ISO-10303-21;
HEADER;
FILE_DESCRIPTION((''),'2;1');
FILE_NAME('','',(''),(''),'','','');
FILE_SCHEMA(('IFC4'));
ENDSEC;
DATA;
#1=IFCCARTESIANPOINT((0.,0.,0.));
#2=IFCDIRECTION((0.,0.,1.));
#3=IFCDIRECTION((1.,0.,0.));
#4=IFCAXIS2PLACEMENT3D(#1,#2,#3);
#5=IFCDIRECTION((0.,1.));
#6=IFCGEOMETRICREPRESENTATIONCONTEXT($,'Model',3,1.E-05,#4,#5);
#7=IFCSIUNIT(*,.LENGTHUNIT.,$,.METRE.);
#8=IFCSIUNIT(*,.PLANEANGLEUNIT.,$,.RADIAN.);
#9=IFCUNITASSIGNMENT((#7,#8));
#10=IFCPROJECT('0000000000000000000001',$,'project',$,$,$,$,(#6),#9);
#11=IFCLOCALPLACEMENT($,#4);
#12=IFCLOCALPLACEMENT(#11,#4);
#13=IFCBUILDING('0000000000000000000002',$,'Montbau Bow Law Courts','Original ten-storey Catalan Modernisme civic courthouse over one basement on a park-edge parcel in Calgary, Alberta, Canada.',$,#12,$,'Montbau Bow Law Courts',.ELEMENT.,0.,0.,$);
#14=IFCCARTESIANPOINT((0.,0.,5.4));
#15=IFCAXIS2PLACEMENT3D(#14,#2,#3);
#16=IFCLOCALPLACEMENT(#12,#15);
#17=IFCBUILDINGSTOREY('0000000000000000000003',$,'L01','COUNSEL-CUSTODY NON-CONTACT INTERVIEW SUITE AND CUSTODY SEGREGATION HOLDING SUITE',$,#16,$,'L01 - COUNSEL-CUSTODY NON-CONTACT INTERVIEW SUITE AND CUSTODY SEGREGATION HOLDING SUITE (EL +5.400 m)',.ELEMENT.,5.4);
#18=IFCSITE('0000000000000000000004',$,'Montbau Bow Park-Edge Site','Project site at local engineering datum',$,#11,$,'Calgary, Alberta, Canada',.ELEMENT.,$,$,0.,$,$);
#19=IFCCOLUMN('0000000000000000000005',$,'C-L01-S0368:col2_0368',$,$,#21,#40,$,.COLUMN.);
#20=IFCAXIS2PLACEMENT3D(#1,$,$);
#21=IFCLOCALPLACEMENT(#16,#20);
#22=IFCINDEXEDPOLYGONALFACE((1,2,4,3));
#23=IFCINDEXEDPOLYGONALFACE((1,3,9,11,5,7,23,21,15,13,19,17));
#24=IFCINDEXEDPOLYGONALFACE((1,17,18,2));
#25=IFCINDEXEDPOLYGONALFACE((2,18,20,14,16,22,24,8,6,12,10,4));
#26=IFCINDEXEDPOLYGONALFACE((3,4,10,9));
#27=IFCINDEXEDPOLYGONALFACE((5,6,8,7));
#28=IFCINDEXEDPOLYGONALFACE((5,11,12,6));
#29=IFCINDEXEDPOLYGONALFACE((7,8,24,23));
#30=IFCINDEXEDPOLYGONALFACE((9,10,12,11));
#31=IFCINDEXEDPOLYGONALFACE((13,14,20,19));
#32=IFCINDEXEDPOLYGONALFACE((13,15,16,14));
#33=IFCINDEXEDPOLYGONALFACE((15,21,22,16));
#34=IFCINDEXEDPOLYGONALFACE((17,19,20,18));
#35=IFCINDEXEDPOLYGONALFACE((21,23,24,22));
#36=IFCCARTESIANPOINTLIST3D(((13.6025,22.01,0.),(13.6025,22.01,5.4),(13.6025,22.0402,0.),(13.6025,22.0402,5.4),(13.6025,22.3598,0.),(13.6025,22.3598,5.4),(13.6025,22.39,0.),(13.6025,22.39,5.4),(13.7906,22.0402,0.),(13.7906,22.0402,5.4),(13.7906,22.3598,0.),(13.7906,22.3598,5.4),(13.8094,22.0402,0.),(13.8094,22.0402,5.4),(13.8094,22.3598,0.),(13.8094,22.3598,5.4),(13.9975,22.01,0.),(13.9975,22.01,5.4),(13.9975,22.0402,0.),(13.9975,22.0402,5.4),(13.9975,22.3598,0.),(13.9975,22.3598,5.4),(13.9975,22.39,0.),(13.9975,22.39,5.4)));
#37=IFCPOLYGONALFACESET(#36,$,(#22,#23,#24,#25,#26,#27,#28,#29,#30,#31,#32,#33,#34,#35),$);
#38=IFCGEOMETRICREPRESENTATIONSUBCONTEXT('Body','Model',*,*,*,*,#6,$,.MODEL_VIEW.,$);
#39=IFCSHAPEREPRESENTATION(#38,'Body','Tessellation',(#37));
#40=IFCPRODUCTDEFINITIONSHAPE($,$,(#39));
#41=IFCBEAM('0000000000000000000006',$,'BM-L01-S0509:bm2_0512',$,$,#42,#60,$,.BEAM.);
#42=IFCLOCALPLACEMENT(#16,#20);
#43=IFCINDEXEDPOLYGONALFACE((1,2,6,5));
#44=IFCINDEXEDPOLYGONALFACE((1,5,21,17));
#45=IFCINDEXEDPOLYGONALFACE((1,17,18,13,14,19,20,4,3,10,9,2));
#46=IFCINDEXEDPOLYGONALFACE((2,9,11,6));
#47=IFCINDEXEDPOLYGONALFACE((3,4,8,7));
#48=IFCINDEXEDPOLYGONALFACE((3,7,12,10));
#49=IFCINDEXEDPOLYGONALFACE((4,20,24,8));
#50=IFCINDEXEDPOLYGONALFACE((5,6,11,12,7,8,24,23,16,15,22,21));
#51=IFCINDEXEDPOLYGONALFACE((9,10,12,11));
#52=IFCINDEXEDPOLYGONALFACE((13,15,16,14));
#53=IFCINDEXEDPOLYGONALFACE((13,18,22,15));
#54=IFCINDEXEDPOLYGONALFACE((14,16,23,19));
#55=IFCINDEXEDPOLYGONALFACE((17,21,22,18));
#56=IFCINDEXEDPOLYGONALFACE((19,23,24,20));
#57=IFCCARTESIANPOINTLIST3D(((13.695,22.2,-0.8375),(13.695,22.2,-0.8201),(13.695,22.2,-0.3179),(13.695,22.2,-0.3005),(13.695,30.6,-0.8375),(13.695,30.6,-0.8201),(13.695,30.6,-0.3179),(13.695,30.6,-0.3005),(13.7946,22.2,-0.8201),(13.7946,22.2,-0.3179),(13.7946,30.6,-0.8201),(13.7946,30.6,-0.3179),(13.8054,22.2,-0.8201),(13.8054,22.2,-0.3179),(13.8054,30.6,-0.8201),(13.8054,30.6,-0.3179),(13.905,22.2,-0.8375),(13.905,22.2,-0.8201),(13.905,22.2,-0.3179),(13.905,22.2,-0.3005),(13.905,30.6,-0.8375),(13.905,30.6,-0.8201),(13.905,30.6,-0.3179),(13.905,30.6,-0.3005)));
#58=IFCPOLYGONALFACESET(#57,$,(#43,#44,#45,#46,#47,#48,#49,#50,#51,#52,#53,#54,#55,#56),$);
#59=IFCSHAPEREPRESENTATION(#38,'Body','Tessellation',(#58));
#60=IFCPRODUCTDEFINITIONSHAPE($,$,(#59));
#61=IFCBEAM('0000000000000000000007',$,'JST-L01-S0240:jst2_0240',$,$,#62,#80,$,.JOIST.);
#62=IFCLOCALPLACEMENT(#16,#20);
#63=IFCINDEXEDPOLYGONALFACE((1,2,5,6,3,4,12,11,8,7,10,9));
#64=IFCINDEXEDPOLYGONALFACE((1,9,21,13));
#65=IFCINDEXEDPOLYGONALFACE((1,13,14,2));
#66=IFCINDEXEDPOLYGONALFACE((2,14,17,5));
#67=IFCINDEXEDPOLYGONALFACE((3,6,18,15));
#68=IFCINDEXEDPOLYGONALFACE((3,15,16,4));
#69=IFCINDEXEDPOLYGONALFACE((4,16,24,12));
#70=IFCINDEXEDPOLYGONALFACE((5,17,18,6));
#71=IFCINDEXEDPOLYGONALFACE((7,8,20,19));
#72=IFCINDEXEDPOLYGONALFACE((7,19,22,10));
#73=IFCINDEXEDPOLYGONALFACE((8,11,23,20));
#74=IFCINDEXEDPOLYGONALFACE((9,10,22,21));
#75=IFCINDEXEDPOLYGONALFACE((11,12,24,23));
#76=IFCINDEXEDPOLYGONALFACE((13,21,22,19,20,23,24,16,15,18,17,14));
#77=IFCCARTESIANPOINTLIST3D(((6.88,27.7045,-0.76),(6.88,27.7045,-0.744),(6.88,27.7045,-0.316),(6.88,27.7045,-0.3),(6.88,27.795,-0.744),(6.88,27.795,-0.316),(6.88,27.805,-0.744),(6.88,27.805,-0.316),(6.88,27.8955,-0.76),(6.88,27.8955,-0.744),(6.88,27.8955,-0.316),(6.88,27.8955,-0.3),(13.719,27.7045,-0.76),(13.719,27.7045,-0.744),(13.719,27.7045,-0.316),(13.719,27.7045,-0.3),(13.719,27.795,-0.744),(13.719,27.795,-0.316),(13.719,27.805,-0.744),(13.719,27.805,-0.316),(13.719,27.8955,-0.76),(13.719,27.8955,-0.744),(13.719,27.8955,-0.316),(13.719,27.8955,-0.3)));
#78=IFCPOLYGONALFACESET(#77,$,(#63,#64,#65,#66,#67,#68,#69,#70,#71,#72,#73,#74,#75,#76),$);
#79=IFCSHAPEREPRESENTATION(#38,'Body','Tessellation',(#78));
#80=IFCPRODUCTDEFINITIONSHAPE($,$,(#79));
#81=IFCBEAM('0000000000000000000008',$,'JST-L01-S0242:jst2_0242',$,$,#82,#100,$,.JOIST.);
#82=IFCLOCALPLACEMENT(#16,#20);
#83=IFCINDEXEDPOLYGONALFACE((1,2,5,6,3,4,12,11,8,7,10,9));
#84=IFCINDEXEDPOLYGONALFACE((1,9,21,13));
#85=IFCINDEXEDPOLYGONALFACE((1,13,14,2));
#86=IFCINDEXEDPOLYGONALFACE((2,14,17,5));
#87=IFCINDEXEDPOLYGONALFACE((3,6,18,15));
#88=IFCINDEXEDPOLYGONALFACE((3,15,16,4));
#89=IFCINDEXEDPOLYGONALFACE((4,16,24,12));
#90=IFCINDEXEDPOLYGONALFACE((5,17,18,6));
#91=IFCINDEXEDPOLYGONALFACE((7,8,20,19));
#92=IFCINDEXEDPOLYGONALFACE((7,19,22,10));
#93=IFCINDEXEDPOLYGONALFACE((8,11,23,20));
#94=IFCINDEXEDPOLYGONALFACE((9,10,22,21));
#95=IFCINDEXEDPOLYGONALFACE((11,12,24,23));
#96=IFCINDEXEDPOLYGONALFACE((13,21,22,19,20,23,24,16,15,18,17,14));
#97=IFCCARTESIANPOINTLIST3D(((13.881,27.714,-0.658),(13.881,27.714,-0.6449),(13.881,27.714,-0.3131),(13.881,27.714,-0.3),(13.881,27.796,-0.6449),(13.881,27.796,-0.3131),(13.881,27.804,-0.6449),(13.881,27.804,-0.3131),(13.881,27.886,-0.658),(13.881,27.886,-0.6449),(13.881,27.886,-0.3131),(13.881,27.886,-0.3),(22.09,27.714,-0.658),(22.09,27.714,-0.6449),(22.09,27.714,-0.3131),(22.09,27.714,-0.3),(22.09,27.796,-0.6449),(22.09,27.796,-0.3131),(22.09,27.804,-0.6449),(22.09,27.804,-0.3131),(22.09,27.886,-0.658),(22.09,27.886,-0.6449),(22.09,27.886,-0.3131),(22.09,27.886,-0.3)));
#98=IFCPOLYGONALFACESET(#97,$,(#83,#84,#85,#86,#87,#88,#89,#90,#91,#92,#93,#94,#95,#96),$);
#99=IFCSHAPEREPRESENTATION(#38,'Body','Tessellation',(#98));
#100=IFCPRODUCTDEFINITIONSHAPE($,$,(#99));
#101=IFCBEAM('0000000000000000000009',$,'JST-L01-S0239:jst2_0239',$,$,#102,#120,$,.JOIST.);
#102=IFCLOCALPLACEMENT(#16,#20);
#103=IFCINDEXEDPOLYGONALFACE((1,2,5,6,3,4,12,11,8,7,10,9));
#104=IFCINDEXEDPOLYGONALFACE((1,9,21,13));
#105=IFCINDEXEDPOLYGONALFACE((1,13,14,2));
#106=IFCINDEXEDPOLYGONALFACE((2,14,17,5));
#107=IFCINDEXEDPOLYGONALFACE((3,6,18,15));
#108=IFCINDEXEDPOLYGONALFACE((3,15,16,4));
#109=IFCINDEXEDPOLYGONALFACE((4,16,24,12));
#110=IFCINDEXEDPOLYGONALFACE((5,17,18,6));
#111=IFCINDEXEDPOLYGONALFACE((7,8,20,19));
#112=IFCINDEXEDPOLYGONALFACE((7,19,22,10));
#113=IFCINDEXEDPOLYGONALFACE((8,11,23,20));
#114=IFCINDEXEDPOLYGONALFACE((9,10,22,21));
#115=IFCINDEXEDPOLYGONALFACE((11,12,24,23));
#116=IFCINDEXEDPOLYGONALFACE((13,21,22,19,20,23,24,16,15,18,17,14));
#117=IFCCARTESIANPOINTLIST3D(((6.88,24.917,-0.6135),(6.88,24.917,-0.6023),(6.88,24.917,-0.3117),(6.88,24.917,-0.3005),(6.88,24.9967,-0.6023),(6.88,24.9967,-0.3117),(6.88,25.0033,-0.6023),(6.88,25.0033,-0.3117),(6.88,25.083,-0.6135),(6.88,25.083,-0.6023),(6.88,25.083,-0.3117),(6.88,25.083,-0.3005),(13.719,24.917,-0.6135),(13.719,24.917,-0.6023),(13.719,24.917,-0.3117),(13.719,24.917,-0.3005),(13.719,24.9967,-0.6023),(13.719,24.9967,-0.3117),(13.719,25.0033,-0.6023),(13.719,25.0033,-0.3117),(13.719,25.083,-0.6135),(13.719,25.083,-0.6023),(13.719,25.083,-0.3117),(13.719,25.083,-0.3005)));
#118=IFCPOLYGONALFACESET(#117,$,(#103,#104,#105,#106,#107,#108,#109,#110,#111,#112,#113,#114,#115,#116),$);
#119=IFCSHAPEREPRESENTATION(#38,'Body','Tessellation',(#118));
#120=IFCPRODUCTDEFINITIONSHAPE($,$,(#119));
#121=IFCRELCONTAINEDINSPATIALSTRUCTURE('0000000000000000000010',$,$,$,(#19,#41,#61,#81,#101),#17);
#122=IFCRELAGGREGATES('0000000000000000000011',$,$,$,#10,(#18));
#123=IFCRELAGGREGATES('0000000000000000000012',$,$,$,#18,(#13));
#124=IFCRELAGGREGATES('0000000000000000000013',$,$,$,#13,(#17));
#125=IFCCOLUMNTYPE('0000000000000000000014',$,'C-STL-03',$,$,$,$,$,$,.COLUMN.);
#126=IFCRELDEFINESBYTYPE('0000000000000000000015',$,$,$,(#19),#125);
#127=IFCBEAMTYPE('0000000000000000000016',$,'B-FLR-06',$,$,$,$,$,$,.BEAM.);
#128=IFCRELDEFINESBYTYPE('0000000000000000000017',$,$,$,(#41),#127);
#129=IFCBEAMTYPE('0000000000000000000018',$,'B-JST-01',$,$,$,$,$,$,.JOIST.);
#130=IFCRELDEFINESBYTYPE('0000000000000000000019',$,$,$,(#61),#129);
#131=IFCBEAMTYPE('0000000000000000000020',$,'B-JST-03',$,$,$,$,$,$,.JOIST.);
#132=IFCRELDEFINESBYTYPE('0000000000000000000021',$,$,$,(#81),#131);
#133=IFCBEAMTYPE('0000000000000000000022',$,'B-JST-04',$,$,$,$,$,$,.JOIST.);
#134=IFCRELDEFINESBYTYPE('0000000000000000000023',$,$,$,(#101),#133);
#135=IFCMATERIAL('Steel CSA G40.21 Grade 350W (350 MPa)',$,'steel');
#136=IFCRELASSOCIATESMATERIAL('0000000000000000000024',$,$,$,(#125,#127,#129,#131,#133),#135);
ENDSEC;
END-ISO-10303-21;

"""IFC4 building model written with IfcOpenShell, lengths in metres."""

from ifc_helpers import new_model, si_unit, direction, frame, origin_with_axes, origin_2d_with_axis, place, context, subcontext, project, spatial, i_section, extrude, material, material_profile, profile_set, type_object, element, save


model = new_model("IFC4")

# Units and contexts
model_context = context("Model", 3, precision=1e-05, world=origin_with_axes(), true_north=direction((0.0, 1.0)))
body_context = subcontext(model_context, "Body", "Model", "MODEL_VIEW")
ifc_project = project(units=[si_unit("LENGTHUNIT", "METRE"), si_unit("PLANEANGLEUNIT", "RADIAN")], contexts=[model_context])

# Site, building, storey
site_placement = place(None, origin_with_axes())
site = spatial("IfcSite", under=ifc_project, at=site_placement, Name="Montbau Bow Park-Edge Site", Description="Project site at local engineering datum", LongName="Calgary, Alberta, Canada", CompositionType="ELEMENT", RefElevation=0.0)
building_placement = place(site_placement, origin_with_axes())
building = spatial("IfcBuilding", under=site, at=building_placement, Name="Montbau Bow Law Courts", Description="Original ten-storey Catalan Modernisme civic courthouse over one basement on a park-edge parcel in Calgary, Alberta, Canada.", LongName="Montbau Bow Law Courts", CompositionType="ELEMENT", ElevationOfRefHeight=0.0, ElevationOfTerrain=0.0)
storey_placement = place(building_placement, frame((0.0, 0.0, 5.4), z_axis=(0.0, 0.0, 1.0), x_axis=(1.0, 0.0, 0.0)))
storey = spatial("IfcBuildingStorey", under=building, at=storey_placement, Name="L01", Description="COUNSEL-CUSTODY NON-CONTACT INTERVIEW SUITE AND CUSTODY SEGREGATION HOLDING SUITE", LongName="L01 - COUNSEL-CUSTODY NON-CONTACT INTERVIEW SUITE AND CUSTODY SEGREGATION HOLDING SUITE (EL +5.400 m)", CompositionType="ELEMENT", Elevation=5.4)

# Column
ifc_material_1 = material(Name="Steel CSA G40.21 Grade 350W (350 MPa)", Category="steel")
ifc_material_profile_1 = material_profile(ifc_material_1, i_section(OverallWidth=0.395, OverallDepth=0.38, WebThickness=0.0189, FlangeThickness=0.0302, at=origin_2d_with_axis()), Name="W360X237", Category="Main", Priority=0)
ifc_profile_set_1 = profile_set([ifc_material_profile_1], Name="Steel CSA G40.21 Grade 350W (350 MPa)")
column_type = type_object("IfcColumnType", Name="C-STL-03", PredefinedType="COLUMN", material=ifc_profile_set_1)
column_placement = place(None, frame((13.8, 22.2, 5.4), z_axis=(0.0, 0.0, 1.0), x_axis=(1.0, 0.0, 0.0)))
element("IfcColumn", 1, at=column_placement, inside=storey, type_object=column_type, Name="C-L01-S0368:col2_0368", PredefinedType="COLUMN", context=body_context, shape_type="SweptSolid", body=[
    extrude(i_section(OverallWidth=0.395, OverallDepth=0.38, WebThickness=0.0189, FlangeThickness=0.0302, at=origin_2d_with_axis()), origin_with_axes(), (0.0, 0.0, 1.0), 5.4),
])

# Beams
ifc_material_profile_2 = material_profile(ifc_material_1, i_section(OverallWidth=0.21, OverallDepth=0.537, WebThickness=0.0109, FlangeThickness=0.0174, at=origin_2d_with_axis()), Name="W530X101", Category="Main", Priority=0)
ifc_profile_set_2 = profile_set([ifc_material_profile_2], Name="Steel CSA G40.21 Grade 350W (350 MPa)")
beam_type_1 = type_object("IfcBeamType", Name="B-FLR-06", PredefinedType="BEAM", material=ifc_profile_set_2)
beam_1_placement = place(None, frame((13.8, 22.2, 4.831), z_axis=(0.0, 1.0, 0.0), x_axis=(-1.0, 0.0, 0.0)))
element("IfcBeam", 2, at=beam_1_placement, inside=storey, type_object=beam_type_1, Name="BM-L01-S0509:bm2_0512", PredefinedType="BEAM", context=body_context, shape_type="SweptSolid", body=[
    extrude(i_section(OverallWidth=0.21, OverallDepth=0.537, WebThickness=0.0109, FlangeThickness=0.0174, at=origin_2d_with_axis()), origin_with_axes(), (0.0, 0.0, 1.0), 8.4),
])
ifc_material_profile_3 = material_profile(ifc_material_1, i_section(OverallWidth=0.191, OverallDepth=0.46, WebThickness=0.0099, FlangeThickness=0.016, at=origin_2d_with_axis()), Name="W460X82", Category="Main", Priority=0)
ifc_profile_set_3 = profile_set([ifc_material_profile_3], Name="Steel CSA G40.21 Grade 350W (350 MPa)")
beam_type_2 = type_object("IfcBeamType", Name="B-JST-01", PredefinedType="JOIST", material=ifc_profile_set_3)
beam_2_placement = place(None, frame((6.88, 27.8, 4.87), z_axis=(1.0, 0.0, 0.0), x_axis=(0.0, 1.0, 0.0)))
element("IfcBeam", 3, at=beam_2_placement, inside=storey, type_object=beam_type_2, Name="JST-L01-S0240:jst2_0240", PredefinedType="JOIST", context=body_context, shape_type="SweptSolid", body=[
    extrude(i_section(OverallWidth=0.191, OverallDepth=0.46, WebThickness=0.0099, FlangeThickness=0.016, at=origin_2d_with_axis()), origin_with_axes(), (0.0, 0.0, 1.0), 6.839),
])
ifc_material_profile_4 = material_profile(ifc_material_1, i_section(OverallWidth=0.172, OverallDepth=0.358, WebThickness=0.0079, FlangeThickness=0.0131, at=origin_2d_with_axis()), Name="W360X57", Category="Main", Priority=0)
ifc_profile_set_4 = profile_set([ifc_material_profile_4], Name="Steel CSA G40.21 Grade 350W (350 MPa)")
beam_type_3 = type_object("IfcBeamType", Name="B-JST-03", PredefinedType="JOIST", material=ifc_profile_set_4)
beam_3_placement = place(None, frame((13.881, 27.8, 4.921), z_axis=(1.0, 0.0, 0.0), x_axis=(0.0, 1.0, 0.0)))
element("IfcBeam", 4, at=beam_3_placement, inside=storey, type_object=beam_type_3, Name="JST-L01-S0242:jst2_0242", PredefinedType="JOIST", context=body_context, shape_type="SweptSolid", body=[
    extrude(i_section(OverallWidth=0.172, OverallDepth=0.358, WebThickness=0.0079, FlangeThickness=0.0131, at=origin_2d_with_axis()), origin_with_axes(), (0.0, 0.0, 1.0), 8.209),
])
ifc_material_profile_5 = material_profile(ifc_material_1, i_section(OverallWidth=0.166, OverallDepth=0.313, WebThickness=0.0066, FlangeThickness=0.0112, at=origin_2d_with_axis()), Name="W310X45", Category="Main", Priority=0)
ifc_profile_set_5 = profile_set([ifc_material_profile_5], Name="Steel CSA G40.21 Grade 350W (350 MPa)")
beam_type_4 = type_object("IfcBeamType", Name="B-JST-04", PredefinedType="JOIST", material=ifc_profile_set_5)
beam_4_placement = place(None, frame((6.88, 25.0, 4.943), z_axis=(1.0, 0.0, 0.0), x_axis=(0.0, 1.0, 0.0)))
element("IfcBeam", 5, at=beam_4_placement, inside=storey, type_object=beam_type_4, Name="JST-L01-S0239:jst2_0239", PredefinedType="JOIST", context=body_context, shape_type="SweptSolid", body=[
    extrude(i_section(OverallWidth=0.166, OverallDepth=0.313, WebThickness=0.0066, FlangeThickness=0.0112, at=origin_2d_with_axis()), origin_with_axes(), (0.0, 0.0, 1.0), 6.839),
])

save(model, "model.ifc")
